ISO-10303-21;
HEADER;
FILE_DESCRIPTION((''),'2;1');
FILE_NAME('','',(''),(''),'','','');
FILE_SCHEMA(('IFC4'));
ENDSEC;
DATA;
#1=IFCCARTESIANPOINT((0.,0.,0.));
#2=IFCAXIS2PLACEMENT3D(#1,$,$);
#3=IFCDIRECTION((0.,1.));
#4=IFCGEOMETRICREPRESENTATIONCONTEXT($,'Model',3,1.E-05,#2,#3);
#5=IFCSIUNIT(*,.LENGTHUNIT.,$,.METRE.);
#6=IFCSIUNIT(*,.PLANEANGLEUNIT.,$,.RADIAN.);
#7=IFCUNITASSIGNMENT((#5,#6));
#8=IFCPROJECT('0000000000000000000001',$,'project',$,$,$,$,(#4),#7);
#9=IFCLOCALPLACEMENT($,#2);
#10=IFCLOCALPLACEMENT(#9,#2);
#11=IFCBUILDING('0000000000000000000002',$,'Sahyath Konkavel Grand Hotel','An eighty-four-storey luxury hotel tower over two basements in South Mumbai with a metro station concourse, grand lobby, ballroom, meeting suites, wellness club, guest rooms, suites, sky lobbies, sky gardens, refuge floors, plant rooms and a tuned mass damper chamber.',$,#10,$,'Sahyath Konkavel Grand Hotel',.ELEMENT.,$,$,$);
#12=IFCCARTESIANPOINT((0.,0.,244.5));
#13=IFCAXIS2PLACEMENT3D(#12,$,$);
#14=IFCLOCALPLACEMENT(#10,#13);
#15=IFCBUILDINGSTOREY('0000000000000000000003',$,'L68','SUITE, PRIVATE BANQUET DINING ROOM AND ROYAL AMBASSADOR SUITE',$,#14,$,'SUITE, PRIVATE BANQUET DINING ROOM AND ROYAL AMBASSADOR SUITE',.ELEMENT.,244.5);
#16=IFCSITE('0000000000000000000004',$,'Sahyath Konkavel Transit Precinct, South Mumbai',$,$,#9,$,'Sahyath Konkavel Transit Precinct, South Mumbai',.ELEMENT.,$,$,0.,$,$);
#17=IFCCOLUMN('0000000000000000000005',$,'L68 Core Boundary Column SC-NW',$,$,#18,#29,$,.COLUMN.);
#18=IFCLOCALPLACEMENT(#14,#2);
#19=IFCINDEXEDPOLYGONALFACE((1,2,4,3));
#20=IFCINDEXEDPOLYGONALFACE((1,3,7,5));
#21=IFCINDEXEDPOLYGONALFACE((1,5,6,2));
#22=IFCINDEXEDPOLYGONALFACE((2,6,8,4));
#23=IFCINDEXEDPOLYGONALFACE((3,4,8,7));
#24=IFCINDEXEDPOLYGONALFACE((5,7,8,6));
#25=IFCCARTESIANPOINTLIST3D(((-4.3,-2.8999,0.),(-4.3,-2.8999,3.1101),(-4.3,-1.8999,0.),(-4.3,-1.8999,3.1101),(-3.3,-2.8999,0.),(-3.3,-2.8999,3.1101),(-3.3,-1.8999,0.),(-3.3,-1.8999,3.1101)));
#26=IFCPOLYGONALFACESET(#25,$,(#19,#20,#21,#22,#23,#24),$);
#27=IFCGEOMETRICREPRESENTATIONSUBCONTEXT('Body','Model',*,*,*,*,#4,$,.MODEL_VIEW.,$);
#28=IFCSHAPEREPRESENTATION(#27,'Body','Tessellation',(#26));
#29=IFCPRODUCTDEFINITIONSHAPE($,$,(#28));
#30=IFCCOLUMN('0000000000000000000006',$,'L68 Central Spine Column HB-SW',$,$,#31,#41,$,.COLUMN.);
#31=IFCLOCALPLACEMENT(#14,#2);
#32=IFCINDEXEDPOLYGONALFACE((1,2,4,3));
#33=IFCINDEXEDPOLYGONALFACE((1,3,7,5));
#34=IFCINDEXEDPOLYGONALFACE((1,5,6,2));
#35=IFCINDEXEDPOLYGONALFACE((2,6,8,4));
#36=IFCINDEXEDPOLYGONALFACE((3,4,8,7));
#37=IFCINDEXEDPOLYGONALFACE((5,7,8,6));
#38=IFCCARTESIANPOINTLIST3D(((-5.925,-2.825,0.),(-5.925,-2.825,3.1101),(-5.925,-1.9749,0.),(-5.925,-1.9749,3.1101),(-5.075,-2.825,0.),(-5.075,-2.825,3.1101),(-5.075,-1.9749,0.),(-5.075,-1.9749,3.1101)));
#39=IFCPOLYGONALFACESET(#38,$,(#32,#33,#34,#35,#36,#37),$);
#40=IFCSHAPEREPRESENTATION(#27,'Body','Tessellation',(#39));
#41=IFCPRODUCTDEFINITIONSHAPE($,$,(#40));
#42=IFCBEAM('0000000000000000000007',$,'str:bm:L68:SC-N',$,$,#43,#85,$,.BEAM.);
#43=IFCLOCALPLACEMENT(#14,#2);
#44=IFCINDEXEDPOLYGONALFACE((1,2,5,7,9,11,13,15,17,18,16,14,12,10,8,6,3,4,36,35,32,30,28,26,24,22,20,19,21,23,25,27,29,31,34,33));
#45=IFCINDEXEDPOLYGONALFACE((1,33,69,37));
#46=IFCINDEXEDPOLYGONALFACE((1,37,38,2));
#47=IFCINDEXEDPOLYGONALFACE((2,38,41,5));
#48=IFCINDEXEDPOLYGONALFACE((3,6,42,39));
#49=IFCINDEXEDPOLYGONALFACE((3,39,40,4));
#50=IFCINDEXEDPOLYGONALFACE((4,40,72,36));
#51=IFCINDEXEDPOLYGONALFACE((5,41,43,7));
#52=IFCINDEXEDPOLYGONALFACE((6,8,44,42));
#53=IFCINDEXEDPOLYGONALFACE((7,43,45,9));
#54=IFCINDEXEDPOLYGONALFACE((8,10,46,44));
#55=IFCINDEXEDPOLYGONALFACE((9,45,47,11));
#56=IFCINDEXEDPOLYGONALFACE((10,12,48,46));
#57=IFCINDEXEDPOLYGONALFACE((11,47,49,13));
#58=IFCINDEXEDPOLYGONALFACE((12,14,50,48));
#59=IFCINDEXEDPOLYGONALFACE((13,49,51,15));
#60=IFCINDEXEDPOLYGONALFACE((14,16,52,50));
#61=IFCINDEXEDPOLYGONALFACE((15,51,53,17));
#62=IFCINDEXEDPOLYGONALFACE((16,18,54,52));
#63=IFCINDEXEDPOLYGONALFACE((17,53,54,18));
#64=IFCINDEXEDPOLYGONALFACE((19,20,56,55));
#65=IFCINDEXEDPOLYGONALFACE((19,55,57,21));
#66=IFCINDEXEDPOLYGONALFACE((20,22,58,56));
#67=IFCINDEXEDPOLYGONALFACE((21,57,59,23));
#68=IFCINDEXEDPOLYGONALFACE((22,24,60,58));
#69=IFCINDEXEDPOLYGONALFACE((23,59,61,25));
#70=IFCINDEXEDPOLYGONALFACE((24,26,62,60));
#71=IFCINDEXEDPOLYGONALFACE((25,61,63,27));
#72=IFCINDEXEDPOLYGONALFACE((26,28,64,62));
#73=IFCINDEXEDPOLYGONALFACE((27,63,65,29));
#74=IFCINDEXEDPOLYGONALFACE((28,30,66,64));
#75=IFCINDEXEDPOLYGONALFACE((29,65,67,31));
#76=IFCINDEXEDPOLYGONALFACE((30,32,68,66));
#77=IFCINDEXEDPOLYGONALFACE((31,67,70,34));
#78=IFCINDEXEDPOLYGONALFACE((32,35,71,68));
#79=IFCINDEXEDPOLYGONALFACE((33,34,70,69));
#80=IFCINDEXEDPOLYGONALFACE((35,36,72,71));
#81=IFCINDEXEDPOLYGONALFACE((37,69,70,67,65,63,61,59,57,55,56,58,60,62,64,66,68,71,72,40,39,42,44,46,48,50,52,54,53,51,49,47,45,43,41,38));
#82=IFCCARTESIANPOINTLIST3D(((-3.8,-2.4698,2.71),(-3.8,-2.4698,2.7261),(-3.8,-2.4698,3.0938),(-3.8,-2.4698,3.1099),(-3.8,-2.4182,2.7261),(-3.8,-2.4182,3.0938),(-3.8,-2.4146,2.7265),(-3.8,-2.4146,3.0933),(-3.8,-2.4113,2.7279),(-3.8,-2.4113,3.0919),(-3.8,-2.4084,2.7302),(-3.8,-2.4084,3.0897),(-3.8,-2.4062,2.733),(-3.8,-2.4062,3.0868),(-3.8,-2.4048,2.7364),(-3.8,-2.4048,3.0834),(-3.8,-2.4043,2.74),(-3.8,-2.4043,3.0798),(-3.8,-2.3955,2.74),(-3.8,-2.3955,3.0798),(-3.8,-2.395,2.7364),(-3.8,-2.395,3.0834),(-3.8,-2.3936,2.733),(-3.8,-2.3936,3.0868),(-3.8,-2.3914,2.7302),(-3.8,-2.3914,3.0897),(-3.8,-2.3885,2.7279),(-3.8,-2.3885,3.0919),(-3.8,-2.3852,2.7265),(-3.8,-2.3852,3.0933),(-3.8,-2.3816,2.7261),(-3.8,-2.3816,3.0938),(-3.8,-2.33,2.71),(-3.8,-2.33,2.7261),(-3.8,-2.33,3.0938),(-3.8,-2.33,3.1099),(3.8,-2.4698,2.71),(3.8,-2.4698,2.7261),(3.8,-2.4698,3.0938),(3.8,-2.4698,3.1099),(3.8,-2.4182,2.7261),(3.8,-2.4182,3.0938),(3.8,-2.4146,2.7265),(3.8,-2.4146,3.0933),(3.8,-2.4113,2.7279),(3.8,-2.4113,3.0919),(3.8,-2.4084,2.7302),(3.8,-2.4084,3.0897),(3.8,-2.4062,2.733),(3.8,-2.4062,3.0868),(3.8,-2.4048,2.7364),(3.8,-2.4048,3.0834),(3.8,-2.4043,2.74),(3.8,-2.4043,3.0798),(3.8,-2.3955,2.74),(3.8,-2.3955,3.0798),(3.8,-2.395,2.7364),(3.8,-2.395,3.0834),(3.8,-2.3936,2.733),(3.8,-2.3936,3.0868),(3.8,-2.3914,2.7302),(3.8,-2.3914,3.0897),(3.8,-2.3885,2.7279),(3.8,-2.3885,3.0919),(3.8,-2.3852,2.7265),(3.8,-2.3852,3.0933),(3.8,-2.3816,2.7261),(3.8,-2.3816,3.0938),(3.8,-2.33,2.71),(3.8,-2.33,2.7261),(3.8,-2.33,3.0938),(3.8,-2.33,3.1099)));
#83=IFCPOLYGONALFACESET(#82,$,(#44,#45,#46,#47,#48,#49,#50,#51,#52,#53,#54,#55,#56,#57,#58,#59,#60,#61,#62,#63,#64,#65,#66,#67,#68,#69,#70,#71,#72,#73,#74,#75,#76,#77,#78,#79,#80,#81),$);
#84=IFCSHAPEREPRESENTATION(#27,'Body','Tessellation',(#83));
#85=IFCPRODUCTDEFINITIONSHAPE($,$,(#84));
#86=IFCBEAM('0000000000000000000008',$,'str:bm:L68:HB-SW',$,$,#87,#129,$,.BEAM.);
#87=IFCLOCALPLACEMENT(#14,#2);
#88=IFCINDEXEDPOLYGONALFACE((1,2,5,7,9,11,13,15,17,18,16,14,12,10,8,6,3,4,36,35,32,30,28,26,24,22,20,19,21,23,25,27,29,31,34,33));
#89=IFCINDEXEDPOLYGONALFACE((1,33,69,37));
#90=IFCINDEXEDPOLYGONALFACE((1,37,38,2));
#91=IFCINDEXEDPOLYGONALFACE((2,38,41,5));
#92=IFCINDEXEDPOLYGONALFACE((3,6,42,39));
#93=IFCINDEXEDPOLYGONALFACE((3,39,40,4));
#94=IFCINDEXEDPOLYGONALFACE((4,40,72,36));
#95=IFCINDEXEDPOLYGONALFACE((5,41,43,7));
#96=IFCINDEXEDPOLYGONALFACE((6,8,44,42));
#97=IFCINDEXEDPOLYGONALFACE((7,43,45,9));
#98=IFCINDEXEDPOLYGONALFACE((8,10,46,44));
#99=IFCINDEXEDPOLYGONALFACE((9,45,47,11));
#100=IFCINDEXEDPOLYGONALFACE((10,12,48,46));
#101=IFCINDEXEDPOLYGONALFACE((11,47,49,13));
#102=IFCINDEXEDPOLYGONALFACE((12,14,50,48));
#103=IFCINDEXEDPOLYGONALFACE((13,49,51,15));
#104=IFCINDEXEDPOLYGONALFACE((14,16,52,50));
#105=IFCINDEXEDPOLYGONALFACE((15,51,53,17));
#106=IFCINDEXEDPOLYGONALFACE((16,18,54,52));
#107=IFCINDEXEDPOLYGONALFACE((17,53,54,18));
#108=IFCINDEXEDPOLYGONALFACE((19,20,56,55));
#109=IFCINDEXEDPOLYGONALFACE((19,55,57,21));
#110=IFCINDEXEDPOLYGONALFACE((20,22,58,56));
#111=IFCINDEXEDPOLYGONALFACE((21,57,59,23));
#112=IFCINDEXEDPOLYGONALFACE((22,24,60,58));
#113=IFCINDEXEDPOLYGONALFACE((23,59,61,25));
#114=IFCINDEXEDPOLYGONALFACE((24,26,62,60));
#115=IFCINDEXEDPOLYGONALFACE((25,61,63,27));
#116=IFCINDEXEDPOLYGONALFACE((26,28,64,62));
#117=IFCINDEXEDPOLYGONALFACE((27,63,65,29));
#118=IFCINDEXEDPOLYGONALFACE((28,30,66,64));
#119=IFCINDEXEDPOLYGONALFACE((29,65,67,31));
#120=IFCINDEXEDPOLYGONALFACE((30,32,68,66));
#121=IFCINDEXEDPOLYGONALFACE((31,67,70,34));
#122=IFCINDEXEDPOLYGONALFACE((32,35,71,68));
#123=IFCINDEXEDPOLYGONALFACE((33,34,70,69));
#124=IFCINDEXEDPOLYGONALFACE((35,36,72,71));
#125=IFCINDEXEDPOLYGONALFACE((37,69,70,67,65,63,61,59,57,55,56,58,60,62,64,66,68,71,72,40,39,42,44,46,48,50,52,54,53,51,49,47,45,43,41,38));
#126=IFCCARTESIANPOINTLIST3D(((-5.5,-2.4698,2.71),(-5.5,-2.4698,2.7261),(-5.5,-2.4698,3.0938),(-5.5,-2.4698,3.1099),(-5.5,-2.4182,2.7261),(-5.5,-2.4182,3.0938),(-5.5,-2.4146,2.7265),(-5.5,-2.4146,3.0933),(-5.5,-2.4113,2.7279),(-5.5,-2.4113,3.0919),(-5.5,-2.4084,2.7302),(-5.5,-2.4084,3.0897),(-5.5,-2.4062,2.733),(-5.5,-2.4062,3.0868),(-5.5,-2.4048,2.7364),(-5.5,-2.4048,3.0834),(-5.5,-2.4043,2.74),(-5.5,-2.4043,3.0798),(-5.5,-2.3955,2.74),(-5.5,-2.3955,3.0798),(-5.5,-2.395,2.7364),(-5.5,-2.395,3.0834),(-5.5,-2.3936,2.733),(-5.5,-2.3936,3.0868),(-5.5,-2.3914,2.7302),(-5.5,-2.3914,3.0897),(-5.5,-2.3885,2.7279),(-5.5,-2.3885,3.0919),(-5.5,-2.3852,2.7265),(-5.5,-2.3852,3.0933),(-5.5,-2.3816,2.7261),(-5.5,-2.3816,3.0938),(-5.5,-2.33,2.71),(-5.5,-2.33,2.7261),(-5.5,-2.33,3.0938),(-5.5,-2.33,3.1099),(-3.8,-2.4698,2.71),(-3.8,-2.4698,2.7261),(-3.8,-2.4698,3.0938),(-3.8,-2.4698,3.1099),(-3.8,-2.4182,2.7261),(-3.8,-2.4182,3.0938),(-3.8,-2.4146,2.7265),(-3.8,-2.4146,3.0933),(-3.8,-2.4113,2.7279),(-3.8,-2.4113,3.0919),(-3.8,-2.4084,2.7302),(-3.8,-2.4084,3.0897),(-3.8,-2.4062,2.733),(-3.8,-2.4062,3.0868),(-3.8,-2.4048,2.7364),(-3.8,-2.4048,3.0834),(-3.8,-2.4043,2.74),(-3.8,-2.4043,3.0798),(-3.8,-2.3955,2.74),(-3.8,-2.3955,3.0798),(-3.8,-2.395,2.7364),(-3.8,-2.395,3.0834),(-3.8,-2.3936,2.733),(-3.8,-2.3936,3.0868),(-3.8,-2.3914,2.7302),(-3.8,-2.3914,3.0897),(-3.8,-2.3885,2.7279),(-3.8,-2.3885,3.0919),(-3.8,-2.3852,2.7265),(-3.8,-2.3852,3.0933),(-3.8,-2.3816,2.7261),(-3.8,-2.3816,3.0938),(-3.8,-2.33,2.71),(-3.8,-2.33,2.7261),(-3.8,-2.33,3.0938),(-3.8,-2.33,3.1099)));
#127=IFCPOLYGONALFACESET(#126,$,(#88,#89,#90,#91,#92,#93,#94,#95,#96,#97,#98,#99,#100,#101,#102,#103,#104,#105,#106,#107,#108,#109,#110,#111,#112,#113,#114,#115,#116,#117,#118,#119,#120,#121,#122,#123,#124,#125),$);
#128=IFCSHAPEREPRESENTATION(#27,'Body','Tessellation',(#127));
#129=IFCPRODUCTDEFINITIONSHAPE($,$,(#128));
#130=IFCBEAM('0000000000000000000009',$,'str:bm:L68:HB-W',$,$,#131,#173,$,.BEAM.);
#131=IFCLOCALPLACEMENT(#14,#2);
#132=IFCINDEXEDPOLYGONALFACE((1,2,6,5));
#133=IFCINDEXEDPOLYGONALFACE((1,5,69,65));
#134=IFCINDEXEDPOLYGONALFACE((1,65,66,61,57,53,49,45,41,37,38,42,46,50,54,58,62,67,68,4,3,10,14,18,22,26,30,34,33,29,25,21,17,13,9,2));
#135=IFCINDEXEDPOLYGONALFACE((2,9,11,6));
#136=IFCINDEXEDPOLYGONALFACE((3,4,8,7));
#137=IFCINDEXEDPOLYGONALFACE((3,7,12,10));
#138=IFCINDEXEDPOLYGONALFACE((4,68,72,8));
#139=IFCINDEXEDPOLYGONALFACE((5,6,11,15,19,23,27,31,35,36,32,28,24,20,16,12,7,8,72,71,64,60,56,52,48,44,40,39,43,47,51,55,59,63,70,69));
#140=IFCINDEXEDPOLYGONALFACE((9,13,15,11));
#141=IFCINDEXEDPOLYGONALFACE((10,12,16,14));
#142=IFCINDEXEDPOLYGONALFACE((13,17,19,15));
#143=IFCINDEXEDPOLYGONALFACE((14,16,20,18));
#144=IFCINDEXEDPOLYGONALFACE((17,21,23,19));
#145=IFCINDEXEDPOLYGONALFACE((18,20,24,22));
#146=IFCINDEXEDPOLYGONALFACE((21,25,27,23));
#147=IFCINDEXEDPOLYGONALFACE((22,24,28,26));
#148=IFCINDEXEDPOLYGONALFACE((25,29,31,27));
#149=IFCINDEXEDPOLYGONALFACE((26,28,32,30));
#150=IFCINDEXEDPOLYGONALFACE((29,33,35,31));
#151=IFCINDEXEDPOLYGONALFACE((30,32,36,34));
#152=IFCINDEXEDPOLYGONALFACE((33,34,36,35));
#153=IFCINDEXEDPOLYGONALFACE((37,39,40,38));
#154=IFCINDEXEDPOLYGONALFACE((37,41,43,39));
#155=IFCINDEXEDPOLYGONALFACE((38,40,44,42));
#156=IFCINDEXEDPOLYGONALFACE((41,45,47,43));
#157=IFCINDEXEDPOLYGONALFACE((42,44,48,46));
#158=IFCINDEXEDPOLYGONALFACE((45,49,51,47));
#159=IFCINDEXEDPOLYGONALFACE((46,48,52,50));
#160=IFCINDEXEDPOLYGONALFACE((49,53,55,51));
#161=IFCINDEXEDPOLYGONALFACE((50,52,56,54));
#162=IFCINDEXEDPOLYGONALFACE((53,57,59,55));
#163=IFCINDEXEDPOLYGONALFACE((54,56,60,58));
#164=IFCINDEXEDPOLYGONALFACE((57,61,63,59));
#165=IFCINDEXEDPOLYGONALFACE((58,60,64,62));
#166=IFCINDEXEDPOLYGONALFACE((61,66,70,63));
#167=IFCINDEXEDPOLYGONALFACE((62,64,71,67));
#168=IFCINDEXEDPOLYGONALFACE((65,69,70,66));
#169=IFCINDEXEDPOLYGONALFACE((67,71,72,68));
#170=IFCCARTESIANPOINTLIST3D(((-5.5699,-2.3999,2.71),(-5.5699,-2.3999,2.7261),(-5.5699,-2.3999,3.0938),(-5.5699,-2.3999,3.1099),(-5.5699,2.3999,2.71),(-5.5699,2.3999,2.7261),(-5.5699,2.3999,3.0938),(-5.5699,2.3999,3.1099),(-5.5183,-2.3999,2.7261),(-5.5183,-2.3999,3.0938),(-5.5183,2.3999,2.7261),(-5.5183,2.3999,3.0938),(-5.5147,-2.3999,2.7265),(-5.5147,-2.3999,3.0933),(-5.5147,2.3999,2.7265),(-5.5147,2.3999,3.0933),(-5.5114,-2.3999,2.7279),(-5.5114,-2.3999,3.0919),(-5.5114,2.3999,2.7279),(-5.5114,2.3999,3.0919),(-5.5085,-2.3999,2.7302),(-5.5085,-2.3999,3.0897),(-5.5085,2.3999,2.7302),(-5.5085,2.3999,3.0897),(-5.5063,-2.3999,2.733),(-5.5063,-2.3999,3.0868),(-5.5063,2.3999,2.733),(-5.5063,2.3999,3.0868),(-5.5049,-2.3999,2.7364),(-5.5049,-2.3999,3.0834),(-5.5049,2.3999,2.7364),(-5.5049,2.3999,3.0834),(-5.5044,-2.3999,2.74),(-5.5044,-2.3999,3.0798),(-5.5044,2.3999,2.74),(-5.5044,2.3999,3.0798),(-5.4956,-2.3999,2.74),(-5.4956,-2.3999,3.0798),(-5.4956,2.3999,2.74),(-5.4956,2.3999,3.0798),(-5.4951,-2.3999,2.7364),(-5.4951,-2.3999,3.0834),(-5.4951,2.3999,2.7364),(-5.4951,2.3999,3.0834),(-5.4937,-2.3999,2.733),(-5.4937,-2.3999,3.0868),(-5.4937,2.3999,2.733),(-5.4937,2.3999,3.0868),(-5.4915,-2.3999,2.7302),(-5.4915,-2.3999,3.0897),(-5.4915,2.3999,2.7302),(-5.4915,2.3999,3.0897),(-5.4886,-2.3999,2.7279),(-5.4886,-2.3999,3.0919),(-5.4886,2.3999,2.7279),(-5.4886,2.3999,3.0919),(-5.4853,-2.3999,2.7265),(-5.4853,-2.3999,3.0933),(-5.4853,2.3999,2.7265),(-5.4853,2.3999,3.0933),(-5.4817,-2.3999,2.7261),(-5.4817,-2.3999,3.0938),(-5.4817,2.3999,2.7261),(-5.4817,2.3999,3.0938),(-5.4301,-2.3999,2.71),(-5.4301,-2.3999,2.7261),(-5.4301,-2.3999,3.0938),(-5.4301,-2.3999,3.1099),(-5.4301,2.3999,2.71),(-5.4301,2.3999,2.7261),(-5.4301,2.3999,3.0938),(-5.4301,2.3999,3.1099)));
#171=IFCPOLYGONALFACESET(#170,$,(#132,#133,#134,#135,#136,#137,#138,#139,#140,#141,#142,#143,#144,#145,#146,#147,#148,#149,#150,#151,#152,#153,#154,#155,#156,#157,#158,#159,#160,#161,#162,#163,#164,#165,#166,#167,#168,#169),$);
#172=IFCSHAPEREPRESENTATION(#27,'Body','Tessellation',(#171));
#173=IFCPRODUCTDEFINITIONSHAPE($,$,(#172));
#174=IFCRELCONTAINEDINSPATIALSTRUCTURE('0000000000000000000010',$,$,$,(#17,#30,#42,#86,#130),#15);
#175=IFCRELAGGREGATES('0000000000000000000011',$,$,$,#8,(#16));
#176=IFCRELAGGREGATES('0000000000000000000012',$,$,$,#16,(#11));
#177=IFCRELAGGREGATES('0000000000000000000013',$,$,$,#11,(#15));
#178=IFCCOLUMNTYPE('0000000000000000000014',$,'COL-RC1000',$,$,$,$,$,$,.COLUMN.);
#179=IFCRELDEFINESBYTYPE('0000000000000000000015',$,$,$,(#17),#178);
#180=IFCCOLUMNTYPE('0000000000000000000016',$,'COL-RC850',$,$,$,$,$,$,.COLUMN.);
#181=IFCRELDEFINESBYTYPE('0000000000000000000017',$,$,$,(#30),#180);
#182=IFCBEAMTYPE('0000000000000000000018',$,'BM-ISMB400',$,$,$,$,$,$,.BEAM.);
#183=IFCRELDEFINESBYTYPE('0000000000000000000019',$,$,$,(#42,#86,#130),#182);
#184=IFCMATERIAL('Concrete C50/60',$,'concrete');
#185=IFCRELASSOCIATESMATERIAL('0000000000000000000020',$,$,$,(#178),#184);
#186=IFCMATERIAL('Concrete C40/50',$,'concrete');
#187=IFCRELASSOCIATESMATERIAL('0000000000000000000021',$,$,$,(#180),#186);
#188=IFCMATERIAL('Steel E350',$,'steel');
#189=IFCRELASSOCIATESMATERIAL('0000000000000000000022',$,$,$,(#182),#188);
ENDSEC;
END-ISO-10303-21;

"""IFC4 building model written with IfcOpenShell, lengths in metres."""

from ifc_helpers import new_model, si_unit, direction, frame, origin, origin_2d, place, context, subcontext, project, spatial, rectangle, i_section, extrude, source, transform, mapped, material, material_profile, profile_set, type_object, element, save


model = new_model("IFC4")

# Units and contexts
model_context = context("Model", 3, precision=1e-05, world=origin(), true_north=direction((0.0, 1.0)))
body_context = subcontext(model_context, "Body", "Model", "MODEL_VIEW")
ifc_project = project(units=[si_unit("LENGTHUNIT", "METRE"), si_unit("PLANEANGLEUNIT", "RADIAN")], contexts=[model_context])

# Site, building, storey
site_placement = place(None, origin())
site = spatial("IfcSite", under=ifc_project, at=site_placement, Name="Sahyath Konkavel Transit Precinct, South Mumbai", LongName="Sahyath Konkavel Transit Precinct, South Mumbai", CompositionType="ELEMENT", RefElevation=0.0)
building_placement = place(site_placement, origin())
building = spatial("IfcBuilding", under=site, at=building_placement, Name="Sahyath Konkavel Grand Hotel", Description="An eighty-four-storey luxury hotel tower over two basements in South Mumbai with a metro station concourse, grand lobby, ballroom, meeting suites, wellness club, guest rooms, suites, sky lobbies, sky gardens, refuge floors, plant rooms and a tuned mass damper chamber.", LongName="Sahyath Konkavel Grand Hotel", CompositionType="ELEMENT")
storey_placement = place(building_placement, frame((0.0, 0.0, 244.5)))
storey = spatial("IfcBuildingStorey", under=building, at=storey_placement, Name="L68", Description="SUITE, PRIVATE BANQUET DINING ROOM AND ROYAL AMBASSADOR SUITE", LongName="SUITE, PRIVATE BANQUET DINING ROOM AND ROYAL AMBASSADOR SUITE", CompositionType="ELEMENT", Elevation=244.5)

# Columns
ifc_material_1 = material(Name="Concrete C50/60", Category="concrete")
ifc_material_profile_1 = material_profile(ifc_material_1, rectangle(XDim=1.0, YDim=1.0, at=origin_2d()), Name="RC 1000x1000")
ifc_profile_set_1 = profile_set([ifc_material_profile_1], Name="Concrete C50/60")
column_type_1 = type_object("IfcColumnType", Name="COL-RC1000", PredefinedType="COLUMN", material=ifc_profile_set_1)
shared_shape_1 = source(origin(), body_context, "Body", "SweptSolid", [
    extrude(rectangle(XDim=1.0, YDim=1.0, at=origin_2d()), origin(), (0.0, 0.0, 1.0), 3.1101),
])
column_1_placement = place(storey_placement, frame((-3.8, -2.3999, 0.0), z_axis=(0.0, 0.0, 1.0), x_axis=(1.0, 0.0, 0.0)))
element("IfcColumn", 1, at=column_1_placement, inside=storey, type_object=column_type_1, Name="L68 Core Boundary Column SC-NW", PredefinedType="COLUMN", context=body_context, shape_type="MappedRepresentation", body=[
    mapped(shared_shape_1, transform((0.0, 0.0, 0.0), scale=1.0)),
])
ifc_material_2 = material(Name="Concrete C40/50", Category="concrete")
ifc_material_profile_2 = material_profile(ifc_material_2, rectangle(XDim=0.8501, YDim=0.8501, at=origin_2d()), Name="RC 850x850")
ifc_profile_set_2 = profile_set([ifc_material_profile_2], Name="Concrete C40/50")
column_type_2 = type_object("IfcColumnType", Name="COL-RC850", PredefinedType="COLUMN", material=ifc_profile_set_2)
shared_shape_2 = source(origin(), body_context, "Body", "SweptSolid", [
    extrude(rectangle(XDim=0.8501, YDim=0.8501, at=origin_2d()), origin(), (0.0, 0.0, 1.0), 3.1101),
])
column_2_placement = place(storey_placement, frame((-5.5, -2.3999, 0.0), z_axis=(0.0, 0.0, 1.0), x_axis=(1.0, 0.0, 0.0)))
element("IfcColumn", 2, at=column_2_placement, inside=storey, type_object=column_type_2, Name="L68 Central Spine Column HB-SW", PredefinedType="COLUMN", context=body_context, shape_type="MappedRepresentation", body=[
    mapped(shared_shape_2, transform((0.0, 0.0, 0.0), scale=1.0)),
])

# Beams
ifc_material_3 = material(Name="Steel E350", Category="steel")
ifc_material_profile_3 = material_profile(ifc_material_3, i_section(OverallWidth=0.1399, OverallDepth=0.3999, WebThickness=0.0088, FlangeThickness=0.0161, FilletRadius=0.0139, at=origin_2d()), Name="ISMB 400")
ifc_profile_set_3 = profile_set([ifc_material_profile_3], Name="Steel E350")
beam_type_1 = type_object("IfcBeamType", Name="BM-ISMB400", PredefinedType="BEAM", material=ifc_profile_set_3)
shared_shape_3 = source(origin(), body_context, "Body", "SweptSolid", [
    extrude(i_section(OverallWidth=0.1399, OverallDepth=0.3999, WebThickness=0.0088, FlangeThickness=0.0161, FilletRadius=0.0139, at=origin_2d()), origin(), (0.0, 0.0, 1.0), 7.6001),
])
beam_1_placement = place(storey_placement, frame((-3.8, -2.3999, 2.9099), z_axis=(1.0, 0.0, 0.0), x_axis=(0.0, 1.0, 0.0)))
element("IfcBeam", 3, at=beam_1_placement, inside=storey, type_object=beam_type_1, Name="str:bm:L68:SC-N", PredefinedType="BEAM", context=body_context, shape_type="MappedRepresentation", body=[
    mapped(shared_shape_3, transform((0.0, 0.0, 0.0), scale=1.0)),
])
shared_shape_4 = source(origin(), body_context, "Body", "SweptSolid", [
    extrude(i_section(OverallWidth=0.1399, OverallDepth=0.3999, WebThickness=0.0088, FlangeThickness=0.0161, FilletRadius=0.0139, at=origin_2d()), origin(), (0.0, 0.0, 1.0), 1.7),
])
beam_2_placement = place(storey_placement, frame((-5.5, -2.3999, 2.9099), z_axis=(1.0, 0.0, 0.0), x_axis=(0.0, 1.0, 0.0)))
element("IfcBeam", 4, at=beam_2_placement, inside=storey, type_object=beam_type_1, Name="str:bm:L68:HB-SW", PredefinedType="BEAM", context=body_context, shape_type="MappedRepresentation", body=[
    mapped(shared_shape_4, transform((0.0, 0.0, 0.0), scale=1.0)),
])
shared_shape_5 = source(origin(), body_context, "Body", "SweptSolid", [
    extrude(i_section(OverallWidth=0.1399, OverallDepth=0.3999, WebThickness=0.0088, FlangeThickness=0.0161, FilletRadius=0.0139, at=origin_2d()), origin(), (0.0, 0.0, 1.0), 4.7998),
])
beam_3_placement = place(storey_placement, frame((-5.5, -2.3999, 2.9099), z_axis=(0.0, 1.0, 0.0), x_axis=(-1.0, 0.0, 0.0)))
element("IfcBeam", 5, at=beam_3_placement, inside=storey, type_object=beam_type_1, Name="str:bm:L68:HB-W", PredefinedType="BEAM", context=body_context, shape_type="MappedRepresentation", body=[
    mapped(shared_shape_5, transform((0.0, 0.0, 0.0), scale=1.0)),
])

save(model, "model.ifc")
